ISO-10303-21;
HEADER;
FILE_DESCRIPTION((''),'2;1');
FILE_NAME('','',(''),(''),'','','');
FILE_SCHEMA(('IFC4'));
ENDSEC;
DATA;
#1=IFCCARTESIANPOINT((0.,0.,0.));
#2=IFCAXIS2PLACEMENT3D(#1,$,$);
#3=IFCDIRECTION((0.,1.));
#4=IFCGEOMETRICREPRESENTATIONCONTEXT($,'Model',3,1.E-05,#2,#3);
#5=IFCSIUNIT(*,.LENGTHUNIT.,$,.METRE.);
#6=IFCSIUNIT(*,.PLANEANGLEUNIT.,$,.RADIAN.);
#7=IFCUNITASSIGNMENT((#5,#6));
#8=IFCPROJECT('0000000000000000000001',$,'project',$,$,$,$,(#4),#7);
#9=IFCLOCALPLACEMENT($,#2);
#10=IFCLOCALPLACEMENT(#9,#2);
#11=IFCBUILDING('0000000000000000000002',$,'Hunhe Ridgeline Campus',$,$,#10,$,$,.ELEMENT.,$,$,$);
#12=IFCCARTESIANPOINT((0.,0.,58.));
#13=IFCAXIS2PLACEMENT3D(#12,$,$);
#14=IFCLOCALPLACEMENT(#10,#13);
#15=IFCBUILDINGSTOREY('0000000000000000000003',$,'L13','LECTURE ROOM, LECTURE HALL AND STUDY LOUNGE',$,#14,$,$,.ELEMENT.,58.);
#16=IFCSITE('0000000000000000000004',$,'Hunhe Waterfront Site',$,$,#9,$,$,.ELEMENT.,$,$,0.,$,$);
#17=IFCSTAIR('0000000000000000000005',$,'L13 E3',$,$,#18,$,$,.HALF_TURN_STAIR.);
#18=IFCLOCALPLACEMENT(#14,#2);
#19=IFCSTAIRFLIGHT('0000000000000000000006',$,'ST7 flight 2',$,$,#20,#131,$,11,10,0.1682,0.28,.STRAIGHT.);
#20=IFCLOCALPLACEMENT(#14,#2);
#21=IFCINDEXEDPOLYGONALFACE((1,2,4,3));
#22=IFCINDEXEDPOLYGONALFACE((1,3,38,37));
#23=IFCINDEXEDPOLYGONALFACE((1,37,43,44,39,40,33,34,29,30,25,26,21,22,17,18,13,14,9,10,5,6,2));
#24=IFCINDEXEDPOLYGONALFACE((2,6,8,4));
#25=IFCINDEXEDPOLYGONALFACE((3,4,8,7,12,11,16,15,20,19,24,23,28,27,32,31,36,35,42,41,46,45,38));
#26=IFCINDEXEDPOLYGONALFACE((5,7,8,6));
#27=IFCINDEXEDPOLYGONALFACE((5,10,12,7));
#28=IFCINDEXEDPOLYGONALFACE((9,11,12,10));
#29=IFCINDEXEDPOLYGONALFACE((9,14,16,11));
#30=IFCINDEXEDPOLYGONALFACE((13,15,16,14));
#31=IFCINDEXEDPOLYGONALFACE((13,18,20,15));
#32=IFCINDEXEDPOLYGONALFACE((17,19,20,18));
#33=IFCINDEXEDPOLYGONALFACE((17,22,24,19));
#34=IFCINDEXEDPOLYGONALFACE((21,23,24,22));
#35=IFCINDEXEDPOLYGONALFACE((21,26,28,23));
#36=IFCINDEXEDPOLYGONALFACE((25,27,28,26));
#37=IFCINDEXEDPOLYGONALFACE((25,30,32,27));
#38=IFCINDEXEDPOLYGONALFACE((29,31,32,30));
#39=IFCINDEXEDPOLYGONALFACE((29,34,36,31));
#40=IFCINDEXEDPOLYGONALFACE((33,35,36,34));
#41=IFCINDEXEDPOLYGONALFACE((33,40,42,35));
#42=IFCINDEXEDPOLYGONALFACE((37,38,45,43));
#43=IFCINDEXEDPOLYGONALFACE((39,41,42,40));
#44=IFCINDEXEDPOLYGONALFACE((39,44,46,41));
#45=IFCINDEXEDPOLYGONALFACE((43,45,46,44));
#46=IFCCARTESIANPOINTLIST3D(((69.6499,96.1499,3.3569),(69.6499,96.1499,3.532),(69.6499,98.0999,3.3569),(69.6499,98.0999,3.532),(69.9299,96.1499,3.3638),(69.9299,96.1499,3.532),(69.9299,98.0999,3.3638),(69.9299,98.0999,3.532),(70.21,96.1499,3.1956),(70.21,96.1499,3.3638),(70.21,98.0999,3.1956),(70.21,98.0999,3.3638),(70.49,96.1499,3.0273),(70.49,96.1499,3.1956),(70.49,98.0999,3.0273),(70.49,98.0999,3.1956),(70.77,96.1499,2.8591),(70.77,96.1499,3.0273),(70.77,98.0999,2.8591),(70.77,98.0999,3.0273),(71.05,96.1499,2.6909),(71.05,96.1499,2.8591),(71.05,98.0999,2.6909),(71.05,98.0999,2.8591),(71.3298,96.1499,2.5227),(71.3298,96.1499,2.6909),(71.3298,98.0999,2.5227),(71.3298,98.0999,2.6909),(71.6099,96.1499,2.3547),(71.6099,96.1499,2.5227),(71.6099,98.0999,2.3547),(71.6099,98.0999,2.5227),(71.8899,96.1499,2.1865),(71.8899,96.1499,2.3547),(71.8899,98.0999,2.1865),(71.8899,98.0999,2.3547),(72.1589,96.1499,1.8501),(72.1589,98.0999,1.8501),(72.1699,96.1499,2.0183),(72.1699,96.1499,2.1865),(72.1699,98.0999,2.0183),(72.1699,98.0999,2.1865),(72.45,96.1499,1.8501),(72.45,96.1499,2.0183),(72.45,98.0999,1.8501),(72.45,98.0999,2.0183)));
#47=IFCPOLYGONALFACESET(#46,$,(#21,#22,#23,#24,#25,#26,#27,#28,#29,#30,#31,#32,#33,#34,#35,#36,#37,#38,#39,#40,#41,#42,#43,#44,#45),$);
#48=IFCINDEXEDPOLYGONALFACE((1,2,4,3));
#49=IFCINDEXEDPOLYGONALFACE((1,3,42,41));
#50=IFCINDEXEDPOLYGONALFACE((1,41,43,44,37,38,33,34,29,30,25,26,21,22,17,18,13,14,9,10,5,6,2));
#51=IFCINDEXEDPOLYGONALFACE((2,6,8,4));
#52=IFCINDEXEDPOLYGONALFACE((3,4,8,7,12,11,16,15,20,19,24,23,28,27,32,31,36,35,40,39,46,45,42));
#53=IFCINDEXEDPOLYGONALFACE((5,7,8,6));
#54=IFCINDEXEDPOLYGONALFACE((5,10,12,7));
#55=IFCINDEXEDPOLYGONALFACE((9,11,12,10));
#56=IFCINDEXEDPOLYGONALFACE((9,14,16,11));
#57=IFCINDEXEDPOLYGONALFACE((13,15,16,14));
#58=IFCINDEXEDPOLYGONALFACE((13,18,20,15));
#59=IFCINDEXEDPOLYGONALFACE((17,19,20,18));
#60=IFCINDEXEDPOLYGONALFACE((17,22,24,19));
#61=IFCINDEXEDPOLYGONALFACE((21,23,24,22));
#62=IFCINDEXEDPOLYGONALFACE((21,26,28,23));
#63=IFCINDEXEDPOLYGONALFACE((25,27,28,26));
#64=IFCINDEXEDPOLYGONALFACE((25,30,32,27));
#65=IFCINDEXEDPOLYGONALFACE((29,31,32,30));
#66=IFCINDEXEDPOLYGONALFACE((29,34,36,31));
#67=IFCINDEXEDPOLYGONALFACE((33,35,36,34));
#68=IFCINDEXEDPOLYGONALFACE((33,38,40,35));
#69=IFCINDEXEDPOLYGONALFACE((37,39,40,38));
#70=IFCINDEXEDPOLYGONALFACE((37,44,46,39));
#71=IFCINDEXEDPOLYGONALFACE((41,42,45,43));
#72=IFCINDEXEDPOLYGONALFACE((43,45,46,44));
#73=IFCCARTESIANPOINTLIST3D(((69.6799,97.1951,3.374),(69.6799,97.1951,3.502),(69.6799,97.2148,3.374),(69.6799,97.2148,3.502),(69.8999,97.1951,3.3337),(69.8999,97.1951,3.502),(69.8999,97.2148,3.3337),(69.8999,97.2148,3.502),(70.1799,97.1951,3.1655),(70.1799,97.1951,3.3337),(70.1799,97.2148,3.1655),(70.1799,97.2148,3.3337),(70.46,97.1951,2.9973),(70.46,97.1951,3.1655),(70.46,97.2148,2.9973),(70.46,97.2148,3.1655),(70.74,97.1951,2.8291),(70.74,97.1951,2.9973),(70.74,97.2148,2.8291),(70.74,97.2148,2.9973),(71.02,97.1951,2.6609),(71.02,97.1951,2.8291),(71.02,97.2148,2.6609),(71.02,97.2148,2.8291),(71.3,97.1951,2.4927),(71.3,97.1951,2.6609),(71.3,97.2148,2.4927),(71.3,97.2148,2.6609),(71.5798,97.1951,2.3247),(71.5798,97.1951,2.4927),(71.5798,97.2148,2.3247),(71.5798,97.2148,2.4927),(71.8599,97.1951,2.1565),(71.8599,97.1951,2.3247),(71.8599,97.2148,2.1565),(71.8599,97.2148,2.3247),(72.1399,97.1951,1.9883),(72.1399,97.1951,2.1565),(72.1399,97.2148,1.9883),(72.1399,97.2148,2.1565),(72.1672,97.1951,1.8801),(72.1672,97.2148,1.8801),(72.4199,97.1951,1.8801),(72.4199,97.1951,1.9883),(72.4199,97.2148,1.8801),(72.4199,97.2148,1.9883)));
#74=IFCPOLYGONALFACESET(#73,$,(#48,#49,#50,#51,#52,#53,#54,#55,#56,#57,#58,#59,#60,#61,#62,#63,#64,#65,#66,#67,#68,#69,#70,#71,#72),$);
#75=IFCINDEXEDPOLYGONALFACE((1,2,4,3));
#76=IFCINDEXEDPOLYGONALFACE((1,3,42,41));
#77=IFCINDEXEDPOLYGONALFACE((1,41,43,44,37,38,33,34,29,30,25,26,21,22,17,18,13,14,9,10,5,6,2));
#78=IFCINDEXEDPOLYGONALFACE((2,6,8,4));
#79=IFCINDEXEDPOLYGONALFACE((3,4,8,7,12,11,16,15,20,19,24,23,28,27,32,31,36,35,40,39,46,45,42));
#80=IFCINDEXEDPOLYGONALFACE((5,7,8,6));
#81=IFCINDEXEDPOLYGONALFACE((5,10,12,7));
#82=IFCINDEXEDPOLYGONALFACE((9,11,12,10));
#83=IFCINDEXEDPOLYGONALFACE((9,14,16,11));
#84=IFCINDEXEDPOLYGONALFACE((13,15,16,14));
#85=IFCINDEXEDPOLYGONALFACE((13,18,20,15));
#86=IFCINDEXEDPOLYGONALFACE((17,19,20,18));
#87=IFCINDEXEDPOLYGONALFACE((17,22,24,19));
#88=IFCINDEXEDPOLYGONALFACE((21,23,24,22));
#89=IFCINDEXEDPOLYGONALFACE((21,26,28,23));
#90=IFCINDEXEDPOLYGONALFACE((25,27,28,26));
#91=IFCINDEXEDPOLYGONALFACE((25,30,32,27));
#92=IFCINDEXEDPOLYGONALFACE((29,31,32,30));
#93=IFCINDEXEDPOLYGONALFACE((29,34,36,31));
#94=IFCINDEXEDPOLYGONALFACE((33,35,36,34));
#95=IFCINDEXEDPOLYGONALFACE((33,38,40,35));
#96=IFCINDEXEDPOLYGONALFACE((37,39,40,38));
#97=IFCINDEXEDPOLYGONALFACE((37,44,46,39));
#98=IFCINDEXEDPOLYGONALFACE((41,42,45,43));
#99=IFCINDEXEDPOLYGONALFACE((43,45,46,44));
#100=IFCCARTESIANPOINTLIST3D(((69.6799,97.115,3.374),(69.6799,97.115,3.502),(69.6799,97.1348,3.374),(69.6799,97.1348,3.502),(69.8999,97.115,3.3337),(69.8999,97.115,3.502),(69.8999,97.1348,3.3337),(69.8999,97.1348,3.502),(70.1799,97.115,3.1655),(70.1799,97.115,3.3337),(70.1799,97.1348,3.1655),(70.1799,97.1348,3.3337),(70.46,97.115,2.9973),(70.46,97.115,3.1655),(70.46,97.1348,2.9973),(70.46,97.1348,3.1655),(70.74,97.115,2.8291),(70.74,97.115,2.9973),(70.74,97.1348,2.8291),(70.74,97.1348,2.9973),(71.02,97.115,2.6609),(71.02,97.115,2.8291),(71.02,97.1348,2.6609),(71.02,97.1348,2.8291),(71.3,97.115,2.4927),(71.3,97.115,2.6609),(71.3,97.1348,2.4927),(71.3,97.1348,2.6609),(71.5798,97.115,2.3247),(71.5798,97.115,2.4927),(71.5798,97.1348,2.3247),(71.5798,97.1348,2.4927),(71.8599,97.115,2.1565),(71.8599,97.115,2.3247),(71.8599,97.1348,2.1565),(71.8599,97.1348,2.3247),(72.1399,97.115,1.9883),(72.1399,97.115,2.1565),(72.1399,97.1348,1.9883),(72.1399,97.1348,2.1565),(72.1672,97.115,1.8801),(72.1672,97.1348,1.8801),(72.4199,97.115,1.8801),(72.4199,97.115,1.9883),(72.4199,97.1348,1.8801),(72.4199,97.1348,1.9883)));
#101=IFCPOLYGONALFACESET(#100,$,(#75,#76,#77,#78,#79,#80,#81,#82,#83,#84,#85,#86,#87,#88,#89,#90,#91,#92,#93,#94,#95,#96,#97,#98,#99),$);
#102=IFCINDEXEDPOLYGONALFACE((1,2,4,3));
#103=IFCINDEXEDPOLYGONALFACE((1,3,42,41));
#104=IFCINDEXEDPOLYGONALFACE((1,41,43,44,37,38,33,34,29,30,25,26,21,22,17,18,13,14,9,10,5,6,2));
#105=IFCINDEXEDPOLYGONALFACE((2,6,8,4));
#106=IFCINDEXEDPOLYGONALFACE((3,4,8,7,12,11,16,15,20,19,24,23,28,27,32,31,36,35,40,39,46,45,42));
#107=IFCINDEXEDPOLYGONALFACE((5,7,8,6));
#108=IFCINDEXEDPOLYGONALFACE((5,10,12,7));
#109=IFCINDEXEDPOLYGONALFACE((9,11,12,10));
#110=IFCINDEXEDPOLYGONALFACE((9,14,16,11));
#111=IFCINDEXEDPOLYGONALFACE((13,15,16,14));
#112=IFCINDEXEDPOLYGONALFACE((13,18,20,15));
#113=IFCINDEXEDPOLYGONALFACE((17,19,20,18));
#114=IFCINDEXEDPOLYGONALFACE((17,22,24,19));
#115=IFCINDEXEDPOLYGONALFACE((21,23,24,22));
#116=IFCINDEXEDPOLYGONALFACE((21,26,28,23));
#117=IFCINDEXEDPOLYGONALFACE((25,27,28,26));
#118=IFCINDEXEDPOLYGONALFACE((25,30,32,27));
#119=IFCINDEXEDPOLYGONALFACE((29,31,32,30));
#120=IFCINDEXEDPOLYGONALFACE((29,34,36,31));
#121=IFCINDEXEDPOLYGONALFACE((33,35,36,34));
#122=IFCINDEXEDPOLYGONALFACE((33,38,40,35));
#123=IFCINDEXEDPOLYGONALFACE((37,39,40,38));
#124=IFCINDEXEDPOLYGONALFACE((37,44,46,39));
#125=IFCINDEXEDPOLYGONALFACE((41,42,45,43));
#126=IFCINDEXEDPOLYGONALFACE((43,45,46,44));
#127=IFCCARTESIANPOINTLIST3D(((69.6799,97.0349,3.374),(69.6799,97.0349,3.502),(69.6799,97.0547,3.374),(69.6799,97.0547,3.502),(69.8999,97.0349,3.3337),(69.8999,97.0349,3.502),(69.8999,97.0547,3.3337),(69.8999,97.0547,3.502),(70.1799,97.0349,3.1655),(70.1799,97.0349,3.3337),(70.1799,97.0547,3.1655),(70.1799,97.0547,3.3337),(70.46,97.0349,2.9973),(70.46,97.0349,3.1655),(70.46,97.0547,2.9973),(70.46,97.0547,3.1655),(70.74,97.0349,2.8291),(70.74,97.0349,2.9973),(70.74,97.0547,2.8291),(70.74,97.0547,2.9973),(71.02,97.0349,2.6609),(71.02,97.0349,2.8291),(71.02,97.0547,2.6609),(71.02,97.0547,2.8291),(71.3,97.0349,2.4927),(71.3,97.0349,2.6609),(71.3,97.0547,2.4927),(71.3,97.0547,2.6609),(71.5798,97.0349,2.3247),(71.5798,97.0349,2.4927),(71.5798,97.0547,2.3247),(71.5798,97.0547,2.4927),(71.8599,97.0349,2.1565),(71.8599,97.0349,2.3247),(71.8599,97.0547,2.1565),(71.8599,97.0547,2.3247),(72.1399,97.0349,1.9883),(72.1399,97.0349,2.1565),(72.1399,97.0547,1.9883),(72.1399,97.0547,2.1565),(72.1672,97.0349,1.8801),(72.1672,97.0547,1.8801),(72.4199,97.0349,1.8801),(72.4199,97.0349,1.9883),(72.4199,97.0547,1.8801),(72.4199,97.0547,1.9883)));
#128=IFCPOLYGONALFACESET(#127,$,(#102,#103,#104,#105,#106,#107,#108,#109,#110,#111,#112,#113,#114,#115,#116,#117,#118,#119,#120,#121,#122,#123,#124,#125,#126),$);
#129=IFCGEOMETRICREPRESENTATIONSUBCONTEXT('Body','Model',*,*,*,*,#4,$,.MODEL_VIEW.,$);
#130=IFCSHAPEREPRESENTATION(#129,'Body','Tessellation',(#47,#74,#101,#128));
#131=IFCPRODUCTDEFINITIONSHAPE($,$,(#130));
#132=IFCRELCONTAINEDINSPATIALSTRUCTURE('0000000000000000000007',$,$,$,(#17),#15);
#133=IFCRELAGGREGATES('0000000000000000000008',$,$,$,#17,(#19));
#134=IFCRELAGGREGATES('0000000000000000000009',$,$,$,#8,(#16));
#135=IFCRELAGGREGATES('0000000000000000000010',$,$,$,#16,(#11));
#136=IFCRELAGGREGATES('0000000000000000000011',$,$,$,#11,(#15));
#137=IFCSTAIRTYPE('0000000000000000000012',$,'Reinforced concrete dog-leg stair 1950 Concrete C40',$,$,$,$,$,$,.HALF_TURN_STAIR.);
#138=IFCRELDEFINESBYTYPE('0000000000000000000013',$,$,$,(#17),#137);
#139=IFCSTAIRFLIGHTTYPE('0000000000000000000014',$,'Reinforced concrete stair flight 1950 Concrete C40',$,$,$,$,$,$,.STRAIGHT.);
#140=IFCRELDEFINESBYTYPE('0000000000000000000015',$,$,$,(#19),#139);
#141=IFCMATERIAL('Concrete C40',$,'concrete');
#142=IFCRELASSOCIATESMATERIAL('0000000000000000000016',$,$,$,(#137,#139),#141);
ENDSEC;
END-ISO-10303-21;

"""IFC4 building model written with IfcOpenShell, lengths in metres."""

from ifc_helpers import new_model, si_unit, direction, frame, origin, place, context, subcontext, project, spatial, polyline, outline, extrude, material, type_object, element, aggregate, save


model = new_model("IFC4")

# Units and contexts
model_context = context("Model", 3, precision=1e-05, world=origin(), true_north=direction((0.0, 1.0)))
body_context = subcontext(model_context, "Body", "Model", "MODEL_VIEW")
ifc_project = project(units=[si_unit("LENGTHUNIT", "METRE"), si_unit("PLANEANGLEUNIT", "RADIAN")], contexts=[model_context])

# Site, building, storey
site_placement = place(None, origin())
site = spatial("IfcSite", under=ifc_project, at=site_placement, Name="Hunhe Waterfront Site", CompositionType="ELEMENT", RefElevation=0.0)
building_placement = place(site_placement, origin())
building = spatial("IfcBuilding", under=site, at=building_placement, Name="Hunhe Ridgeline Campus", CompositionType="ELEMENT")
storey_placement = place(building_placement, frame((0.0, 0.0, 58.0)))
storey = spatial("IfcBuildingStorey", under=building, at=storey_placement, Name="L13", Description="LECTURE ROOM, LECTURE HALL AND STUDY LOUNGE", CompositionType="ELEMENT", Elevation=58.0)

# Shared definitions
ifc_material_1 = material(Name="Concrete C40", Category="concrete")
stair_type = type_object("IfcStairType", Name="Reinforced concrete dog-leg stair 1950 Concrete C40", PredefinedType="HALF_TURN_STAIR", material=ifc_material_1)
stair_flight_type = type_object("IfcStairFlightType", Name="Reinforced concrete stair flight 1950 Concrete C40", PredefinedType="STRAIGHT", material=ifc_material_1)

# Stair, stair flight
stair_1_placement = place(storey_placement, origin())
stair_1 = element("IfcStair", 1, at=stair_1_placement, inside=storey, type_object=stair_type, Name="L13 E3", PredefinedType="HALF_TURN_STAIR")
stair_flight_1_placement = place(storey_placement, frame((72.45, 97.125, 1.8501), z_axis=(0.0, 0.0, 1.0), x_axis=(-1.0, 0.0, 0.0)))
stair_flight_1 = element("IfcStairFlight", 2, at=stair_flight_1_placement, type_object=stair_flight_type, Name="ST7 flight 2", NumberOfRisers=11, NumberOfTreads=10, PredefinedType="STRAIGHT", RiserHeight=0.1682, TreadLength=0.28, context=body_context, shape_type="SweptSolid", body=[
    extrude(outline(polyline([(0.0, 0.0), (0.0, 0.1682), (0.28, 0.1682), (0.28, 0.3364), (0.5601, 0.3364), (0.5601, 0.5046), (0.8401, 0.5046), (0.8401, 0.6726), (1.1201, 0.6726), (1.1201, 0.8408), (1.3999, 0.8408), (1.3999, 1.009), (1.6799, 1.009), (1.6799, 1.1772), (1.96, 1.1772), (1.96, 1.3455), (2.24, 1.3455), (2.24, 1.5137), (2.52, 1.5137), (2.52, 1.6819), (2.8, 1.6819), (2.8, 1.8501), (2.8, 1.5068), (0.291, 0.0), (0.0, 0.0)])), frame((0.0, 0.9751, 0.0), z_axis=(0.0, -1.0, 0.0), x_axis=(1.0, 0.0, 0.0)), (0.0, 0.0, 1.0), 1.95),
    extrude(outline(polyline([(0.03, 0.03), (0.03, 0.1382), (0.3101, 0.1382), (0.3101, 0.3064), (0.5901, 0.3064), (0.5901, 0.4746), (0.8701, 0.4746), (0.8701, 0.6426), (1.1499, 0.6426), (1.1499, 0.8108), (1.4299, 0.8108), (1.4299, 0.979), (1.71, 0.979), (1.71, 1.1472), (1.99, 1.1472), (1.99, 1.3154), (2.27, 1.3154), (2.27, 1.4836), (2.55, 1.4836), (2.55, 1.6519), (2.77, 1.6519), (2.77, 1.5239), (0.2827, 0.03), (0.03, 0.03)])), frame((0.0, -0.0701, 0.0), z_axis=(0.0, -1.0, 0.0), x_axis=(1.0, 0.0, 0.0)), (0.0, 0.0, 1.0), 0.0198),
    extrude(outline(polyline([(0.03, 0.03), (0.03, 0.1382), (0.3101, 0.1382), (0.3101, 0.3064), (0.5901, 0.3064), (0.5901, 0.4746), (0.8701, 0.4746), (0.8701, 0.6426), (1.1499, 0.6426), (1.1499, 0.8108), (1.4299, 0.8108), (1.4299, 0.979), (1.71, 0.979), (1.71, 1.1472), (1.99, 1.1472), (1.99, 1.3154), (2.27, 1.3154), (2.27, 1.4836), (2.55, 1.4836), (2.55, 1.6519), (2.77, 1.6519), (2.77, 1.5239), (0.2827, 0.03), (0.03, 0.03)])), frame((0.0, 0.01, 0.0), z_axis=(0.0, -1.0, 0.0), x_axis=(1.0, 0.0, 0.0)), (0.0, 0.0, 1.0), 0.0198),
    extrude(outline(polyline([(0.03, 0.03), (0.03, 0.1382), (0.3101, 0.1382), (0.3101, 0.3064), (0.5901, 0.3064), (0.5901, 0.4746), (0.8701, 0.4746), (0.8701, 0.6426), (1.1499, 0.6426), (1.1499, 0.8108), (1.4299, 0.8108), (1.4299, 0.979), (1.71, 0.979), (1.71, 1.1472), (1.99, 1.1472), (1.99, 1.3154), (2.27, 1.3154), (2.27, 1.4836), (2.55, 1.4836), (2.55, 1.6519), (2.77, 1.6519), (2.77, 1.5239), (0.2827, 0.03), (0.03, 0.03)])), frame((0.0, 0.0901, 0.0), z_axis=(0.0, -1.0, 0.0), x_axis=(1.0, 0.0, 0.0)), (0.0, 0.0, 1.0), 0.0198),
])
aggregate(stair_1, [stair_flight_1])

save(model, "model.ifc")
